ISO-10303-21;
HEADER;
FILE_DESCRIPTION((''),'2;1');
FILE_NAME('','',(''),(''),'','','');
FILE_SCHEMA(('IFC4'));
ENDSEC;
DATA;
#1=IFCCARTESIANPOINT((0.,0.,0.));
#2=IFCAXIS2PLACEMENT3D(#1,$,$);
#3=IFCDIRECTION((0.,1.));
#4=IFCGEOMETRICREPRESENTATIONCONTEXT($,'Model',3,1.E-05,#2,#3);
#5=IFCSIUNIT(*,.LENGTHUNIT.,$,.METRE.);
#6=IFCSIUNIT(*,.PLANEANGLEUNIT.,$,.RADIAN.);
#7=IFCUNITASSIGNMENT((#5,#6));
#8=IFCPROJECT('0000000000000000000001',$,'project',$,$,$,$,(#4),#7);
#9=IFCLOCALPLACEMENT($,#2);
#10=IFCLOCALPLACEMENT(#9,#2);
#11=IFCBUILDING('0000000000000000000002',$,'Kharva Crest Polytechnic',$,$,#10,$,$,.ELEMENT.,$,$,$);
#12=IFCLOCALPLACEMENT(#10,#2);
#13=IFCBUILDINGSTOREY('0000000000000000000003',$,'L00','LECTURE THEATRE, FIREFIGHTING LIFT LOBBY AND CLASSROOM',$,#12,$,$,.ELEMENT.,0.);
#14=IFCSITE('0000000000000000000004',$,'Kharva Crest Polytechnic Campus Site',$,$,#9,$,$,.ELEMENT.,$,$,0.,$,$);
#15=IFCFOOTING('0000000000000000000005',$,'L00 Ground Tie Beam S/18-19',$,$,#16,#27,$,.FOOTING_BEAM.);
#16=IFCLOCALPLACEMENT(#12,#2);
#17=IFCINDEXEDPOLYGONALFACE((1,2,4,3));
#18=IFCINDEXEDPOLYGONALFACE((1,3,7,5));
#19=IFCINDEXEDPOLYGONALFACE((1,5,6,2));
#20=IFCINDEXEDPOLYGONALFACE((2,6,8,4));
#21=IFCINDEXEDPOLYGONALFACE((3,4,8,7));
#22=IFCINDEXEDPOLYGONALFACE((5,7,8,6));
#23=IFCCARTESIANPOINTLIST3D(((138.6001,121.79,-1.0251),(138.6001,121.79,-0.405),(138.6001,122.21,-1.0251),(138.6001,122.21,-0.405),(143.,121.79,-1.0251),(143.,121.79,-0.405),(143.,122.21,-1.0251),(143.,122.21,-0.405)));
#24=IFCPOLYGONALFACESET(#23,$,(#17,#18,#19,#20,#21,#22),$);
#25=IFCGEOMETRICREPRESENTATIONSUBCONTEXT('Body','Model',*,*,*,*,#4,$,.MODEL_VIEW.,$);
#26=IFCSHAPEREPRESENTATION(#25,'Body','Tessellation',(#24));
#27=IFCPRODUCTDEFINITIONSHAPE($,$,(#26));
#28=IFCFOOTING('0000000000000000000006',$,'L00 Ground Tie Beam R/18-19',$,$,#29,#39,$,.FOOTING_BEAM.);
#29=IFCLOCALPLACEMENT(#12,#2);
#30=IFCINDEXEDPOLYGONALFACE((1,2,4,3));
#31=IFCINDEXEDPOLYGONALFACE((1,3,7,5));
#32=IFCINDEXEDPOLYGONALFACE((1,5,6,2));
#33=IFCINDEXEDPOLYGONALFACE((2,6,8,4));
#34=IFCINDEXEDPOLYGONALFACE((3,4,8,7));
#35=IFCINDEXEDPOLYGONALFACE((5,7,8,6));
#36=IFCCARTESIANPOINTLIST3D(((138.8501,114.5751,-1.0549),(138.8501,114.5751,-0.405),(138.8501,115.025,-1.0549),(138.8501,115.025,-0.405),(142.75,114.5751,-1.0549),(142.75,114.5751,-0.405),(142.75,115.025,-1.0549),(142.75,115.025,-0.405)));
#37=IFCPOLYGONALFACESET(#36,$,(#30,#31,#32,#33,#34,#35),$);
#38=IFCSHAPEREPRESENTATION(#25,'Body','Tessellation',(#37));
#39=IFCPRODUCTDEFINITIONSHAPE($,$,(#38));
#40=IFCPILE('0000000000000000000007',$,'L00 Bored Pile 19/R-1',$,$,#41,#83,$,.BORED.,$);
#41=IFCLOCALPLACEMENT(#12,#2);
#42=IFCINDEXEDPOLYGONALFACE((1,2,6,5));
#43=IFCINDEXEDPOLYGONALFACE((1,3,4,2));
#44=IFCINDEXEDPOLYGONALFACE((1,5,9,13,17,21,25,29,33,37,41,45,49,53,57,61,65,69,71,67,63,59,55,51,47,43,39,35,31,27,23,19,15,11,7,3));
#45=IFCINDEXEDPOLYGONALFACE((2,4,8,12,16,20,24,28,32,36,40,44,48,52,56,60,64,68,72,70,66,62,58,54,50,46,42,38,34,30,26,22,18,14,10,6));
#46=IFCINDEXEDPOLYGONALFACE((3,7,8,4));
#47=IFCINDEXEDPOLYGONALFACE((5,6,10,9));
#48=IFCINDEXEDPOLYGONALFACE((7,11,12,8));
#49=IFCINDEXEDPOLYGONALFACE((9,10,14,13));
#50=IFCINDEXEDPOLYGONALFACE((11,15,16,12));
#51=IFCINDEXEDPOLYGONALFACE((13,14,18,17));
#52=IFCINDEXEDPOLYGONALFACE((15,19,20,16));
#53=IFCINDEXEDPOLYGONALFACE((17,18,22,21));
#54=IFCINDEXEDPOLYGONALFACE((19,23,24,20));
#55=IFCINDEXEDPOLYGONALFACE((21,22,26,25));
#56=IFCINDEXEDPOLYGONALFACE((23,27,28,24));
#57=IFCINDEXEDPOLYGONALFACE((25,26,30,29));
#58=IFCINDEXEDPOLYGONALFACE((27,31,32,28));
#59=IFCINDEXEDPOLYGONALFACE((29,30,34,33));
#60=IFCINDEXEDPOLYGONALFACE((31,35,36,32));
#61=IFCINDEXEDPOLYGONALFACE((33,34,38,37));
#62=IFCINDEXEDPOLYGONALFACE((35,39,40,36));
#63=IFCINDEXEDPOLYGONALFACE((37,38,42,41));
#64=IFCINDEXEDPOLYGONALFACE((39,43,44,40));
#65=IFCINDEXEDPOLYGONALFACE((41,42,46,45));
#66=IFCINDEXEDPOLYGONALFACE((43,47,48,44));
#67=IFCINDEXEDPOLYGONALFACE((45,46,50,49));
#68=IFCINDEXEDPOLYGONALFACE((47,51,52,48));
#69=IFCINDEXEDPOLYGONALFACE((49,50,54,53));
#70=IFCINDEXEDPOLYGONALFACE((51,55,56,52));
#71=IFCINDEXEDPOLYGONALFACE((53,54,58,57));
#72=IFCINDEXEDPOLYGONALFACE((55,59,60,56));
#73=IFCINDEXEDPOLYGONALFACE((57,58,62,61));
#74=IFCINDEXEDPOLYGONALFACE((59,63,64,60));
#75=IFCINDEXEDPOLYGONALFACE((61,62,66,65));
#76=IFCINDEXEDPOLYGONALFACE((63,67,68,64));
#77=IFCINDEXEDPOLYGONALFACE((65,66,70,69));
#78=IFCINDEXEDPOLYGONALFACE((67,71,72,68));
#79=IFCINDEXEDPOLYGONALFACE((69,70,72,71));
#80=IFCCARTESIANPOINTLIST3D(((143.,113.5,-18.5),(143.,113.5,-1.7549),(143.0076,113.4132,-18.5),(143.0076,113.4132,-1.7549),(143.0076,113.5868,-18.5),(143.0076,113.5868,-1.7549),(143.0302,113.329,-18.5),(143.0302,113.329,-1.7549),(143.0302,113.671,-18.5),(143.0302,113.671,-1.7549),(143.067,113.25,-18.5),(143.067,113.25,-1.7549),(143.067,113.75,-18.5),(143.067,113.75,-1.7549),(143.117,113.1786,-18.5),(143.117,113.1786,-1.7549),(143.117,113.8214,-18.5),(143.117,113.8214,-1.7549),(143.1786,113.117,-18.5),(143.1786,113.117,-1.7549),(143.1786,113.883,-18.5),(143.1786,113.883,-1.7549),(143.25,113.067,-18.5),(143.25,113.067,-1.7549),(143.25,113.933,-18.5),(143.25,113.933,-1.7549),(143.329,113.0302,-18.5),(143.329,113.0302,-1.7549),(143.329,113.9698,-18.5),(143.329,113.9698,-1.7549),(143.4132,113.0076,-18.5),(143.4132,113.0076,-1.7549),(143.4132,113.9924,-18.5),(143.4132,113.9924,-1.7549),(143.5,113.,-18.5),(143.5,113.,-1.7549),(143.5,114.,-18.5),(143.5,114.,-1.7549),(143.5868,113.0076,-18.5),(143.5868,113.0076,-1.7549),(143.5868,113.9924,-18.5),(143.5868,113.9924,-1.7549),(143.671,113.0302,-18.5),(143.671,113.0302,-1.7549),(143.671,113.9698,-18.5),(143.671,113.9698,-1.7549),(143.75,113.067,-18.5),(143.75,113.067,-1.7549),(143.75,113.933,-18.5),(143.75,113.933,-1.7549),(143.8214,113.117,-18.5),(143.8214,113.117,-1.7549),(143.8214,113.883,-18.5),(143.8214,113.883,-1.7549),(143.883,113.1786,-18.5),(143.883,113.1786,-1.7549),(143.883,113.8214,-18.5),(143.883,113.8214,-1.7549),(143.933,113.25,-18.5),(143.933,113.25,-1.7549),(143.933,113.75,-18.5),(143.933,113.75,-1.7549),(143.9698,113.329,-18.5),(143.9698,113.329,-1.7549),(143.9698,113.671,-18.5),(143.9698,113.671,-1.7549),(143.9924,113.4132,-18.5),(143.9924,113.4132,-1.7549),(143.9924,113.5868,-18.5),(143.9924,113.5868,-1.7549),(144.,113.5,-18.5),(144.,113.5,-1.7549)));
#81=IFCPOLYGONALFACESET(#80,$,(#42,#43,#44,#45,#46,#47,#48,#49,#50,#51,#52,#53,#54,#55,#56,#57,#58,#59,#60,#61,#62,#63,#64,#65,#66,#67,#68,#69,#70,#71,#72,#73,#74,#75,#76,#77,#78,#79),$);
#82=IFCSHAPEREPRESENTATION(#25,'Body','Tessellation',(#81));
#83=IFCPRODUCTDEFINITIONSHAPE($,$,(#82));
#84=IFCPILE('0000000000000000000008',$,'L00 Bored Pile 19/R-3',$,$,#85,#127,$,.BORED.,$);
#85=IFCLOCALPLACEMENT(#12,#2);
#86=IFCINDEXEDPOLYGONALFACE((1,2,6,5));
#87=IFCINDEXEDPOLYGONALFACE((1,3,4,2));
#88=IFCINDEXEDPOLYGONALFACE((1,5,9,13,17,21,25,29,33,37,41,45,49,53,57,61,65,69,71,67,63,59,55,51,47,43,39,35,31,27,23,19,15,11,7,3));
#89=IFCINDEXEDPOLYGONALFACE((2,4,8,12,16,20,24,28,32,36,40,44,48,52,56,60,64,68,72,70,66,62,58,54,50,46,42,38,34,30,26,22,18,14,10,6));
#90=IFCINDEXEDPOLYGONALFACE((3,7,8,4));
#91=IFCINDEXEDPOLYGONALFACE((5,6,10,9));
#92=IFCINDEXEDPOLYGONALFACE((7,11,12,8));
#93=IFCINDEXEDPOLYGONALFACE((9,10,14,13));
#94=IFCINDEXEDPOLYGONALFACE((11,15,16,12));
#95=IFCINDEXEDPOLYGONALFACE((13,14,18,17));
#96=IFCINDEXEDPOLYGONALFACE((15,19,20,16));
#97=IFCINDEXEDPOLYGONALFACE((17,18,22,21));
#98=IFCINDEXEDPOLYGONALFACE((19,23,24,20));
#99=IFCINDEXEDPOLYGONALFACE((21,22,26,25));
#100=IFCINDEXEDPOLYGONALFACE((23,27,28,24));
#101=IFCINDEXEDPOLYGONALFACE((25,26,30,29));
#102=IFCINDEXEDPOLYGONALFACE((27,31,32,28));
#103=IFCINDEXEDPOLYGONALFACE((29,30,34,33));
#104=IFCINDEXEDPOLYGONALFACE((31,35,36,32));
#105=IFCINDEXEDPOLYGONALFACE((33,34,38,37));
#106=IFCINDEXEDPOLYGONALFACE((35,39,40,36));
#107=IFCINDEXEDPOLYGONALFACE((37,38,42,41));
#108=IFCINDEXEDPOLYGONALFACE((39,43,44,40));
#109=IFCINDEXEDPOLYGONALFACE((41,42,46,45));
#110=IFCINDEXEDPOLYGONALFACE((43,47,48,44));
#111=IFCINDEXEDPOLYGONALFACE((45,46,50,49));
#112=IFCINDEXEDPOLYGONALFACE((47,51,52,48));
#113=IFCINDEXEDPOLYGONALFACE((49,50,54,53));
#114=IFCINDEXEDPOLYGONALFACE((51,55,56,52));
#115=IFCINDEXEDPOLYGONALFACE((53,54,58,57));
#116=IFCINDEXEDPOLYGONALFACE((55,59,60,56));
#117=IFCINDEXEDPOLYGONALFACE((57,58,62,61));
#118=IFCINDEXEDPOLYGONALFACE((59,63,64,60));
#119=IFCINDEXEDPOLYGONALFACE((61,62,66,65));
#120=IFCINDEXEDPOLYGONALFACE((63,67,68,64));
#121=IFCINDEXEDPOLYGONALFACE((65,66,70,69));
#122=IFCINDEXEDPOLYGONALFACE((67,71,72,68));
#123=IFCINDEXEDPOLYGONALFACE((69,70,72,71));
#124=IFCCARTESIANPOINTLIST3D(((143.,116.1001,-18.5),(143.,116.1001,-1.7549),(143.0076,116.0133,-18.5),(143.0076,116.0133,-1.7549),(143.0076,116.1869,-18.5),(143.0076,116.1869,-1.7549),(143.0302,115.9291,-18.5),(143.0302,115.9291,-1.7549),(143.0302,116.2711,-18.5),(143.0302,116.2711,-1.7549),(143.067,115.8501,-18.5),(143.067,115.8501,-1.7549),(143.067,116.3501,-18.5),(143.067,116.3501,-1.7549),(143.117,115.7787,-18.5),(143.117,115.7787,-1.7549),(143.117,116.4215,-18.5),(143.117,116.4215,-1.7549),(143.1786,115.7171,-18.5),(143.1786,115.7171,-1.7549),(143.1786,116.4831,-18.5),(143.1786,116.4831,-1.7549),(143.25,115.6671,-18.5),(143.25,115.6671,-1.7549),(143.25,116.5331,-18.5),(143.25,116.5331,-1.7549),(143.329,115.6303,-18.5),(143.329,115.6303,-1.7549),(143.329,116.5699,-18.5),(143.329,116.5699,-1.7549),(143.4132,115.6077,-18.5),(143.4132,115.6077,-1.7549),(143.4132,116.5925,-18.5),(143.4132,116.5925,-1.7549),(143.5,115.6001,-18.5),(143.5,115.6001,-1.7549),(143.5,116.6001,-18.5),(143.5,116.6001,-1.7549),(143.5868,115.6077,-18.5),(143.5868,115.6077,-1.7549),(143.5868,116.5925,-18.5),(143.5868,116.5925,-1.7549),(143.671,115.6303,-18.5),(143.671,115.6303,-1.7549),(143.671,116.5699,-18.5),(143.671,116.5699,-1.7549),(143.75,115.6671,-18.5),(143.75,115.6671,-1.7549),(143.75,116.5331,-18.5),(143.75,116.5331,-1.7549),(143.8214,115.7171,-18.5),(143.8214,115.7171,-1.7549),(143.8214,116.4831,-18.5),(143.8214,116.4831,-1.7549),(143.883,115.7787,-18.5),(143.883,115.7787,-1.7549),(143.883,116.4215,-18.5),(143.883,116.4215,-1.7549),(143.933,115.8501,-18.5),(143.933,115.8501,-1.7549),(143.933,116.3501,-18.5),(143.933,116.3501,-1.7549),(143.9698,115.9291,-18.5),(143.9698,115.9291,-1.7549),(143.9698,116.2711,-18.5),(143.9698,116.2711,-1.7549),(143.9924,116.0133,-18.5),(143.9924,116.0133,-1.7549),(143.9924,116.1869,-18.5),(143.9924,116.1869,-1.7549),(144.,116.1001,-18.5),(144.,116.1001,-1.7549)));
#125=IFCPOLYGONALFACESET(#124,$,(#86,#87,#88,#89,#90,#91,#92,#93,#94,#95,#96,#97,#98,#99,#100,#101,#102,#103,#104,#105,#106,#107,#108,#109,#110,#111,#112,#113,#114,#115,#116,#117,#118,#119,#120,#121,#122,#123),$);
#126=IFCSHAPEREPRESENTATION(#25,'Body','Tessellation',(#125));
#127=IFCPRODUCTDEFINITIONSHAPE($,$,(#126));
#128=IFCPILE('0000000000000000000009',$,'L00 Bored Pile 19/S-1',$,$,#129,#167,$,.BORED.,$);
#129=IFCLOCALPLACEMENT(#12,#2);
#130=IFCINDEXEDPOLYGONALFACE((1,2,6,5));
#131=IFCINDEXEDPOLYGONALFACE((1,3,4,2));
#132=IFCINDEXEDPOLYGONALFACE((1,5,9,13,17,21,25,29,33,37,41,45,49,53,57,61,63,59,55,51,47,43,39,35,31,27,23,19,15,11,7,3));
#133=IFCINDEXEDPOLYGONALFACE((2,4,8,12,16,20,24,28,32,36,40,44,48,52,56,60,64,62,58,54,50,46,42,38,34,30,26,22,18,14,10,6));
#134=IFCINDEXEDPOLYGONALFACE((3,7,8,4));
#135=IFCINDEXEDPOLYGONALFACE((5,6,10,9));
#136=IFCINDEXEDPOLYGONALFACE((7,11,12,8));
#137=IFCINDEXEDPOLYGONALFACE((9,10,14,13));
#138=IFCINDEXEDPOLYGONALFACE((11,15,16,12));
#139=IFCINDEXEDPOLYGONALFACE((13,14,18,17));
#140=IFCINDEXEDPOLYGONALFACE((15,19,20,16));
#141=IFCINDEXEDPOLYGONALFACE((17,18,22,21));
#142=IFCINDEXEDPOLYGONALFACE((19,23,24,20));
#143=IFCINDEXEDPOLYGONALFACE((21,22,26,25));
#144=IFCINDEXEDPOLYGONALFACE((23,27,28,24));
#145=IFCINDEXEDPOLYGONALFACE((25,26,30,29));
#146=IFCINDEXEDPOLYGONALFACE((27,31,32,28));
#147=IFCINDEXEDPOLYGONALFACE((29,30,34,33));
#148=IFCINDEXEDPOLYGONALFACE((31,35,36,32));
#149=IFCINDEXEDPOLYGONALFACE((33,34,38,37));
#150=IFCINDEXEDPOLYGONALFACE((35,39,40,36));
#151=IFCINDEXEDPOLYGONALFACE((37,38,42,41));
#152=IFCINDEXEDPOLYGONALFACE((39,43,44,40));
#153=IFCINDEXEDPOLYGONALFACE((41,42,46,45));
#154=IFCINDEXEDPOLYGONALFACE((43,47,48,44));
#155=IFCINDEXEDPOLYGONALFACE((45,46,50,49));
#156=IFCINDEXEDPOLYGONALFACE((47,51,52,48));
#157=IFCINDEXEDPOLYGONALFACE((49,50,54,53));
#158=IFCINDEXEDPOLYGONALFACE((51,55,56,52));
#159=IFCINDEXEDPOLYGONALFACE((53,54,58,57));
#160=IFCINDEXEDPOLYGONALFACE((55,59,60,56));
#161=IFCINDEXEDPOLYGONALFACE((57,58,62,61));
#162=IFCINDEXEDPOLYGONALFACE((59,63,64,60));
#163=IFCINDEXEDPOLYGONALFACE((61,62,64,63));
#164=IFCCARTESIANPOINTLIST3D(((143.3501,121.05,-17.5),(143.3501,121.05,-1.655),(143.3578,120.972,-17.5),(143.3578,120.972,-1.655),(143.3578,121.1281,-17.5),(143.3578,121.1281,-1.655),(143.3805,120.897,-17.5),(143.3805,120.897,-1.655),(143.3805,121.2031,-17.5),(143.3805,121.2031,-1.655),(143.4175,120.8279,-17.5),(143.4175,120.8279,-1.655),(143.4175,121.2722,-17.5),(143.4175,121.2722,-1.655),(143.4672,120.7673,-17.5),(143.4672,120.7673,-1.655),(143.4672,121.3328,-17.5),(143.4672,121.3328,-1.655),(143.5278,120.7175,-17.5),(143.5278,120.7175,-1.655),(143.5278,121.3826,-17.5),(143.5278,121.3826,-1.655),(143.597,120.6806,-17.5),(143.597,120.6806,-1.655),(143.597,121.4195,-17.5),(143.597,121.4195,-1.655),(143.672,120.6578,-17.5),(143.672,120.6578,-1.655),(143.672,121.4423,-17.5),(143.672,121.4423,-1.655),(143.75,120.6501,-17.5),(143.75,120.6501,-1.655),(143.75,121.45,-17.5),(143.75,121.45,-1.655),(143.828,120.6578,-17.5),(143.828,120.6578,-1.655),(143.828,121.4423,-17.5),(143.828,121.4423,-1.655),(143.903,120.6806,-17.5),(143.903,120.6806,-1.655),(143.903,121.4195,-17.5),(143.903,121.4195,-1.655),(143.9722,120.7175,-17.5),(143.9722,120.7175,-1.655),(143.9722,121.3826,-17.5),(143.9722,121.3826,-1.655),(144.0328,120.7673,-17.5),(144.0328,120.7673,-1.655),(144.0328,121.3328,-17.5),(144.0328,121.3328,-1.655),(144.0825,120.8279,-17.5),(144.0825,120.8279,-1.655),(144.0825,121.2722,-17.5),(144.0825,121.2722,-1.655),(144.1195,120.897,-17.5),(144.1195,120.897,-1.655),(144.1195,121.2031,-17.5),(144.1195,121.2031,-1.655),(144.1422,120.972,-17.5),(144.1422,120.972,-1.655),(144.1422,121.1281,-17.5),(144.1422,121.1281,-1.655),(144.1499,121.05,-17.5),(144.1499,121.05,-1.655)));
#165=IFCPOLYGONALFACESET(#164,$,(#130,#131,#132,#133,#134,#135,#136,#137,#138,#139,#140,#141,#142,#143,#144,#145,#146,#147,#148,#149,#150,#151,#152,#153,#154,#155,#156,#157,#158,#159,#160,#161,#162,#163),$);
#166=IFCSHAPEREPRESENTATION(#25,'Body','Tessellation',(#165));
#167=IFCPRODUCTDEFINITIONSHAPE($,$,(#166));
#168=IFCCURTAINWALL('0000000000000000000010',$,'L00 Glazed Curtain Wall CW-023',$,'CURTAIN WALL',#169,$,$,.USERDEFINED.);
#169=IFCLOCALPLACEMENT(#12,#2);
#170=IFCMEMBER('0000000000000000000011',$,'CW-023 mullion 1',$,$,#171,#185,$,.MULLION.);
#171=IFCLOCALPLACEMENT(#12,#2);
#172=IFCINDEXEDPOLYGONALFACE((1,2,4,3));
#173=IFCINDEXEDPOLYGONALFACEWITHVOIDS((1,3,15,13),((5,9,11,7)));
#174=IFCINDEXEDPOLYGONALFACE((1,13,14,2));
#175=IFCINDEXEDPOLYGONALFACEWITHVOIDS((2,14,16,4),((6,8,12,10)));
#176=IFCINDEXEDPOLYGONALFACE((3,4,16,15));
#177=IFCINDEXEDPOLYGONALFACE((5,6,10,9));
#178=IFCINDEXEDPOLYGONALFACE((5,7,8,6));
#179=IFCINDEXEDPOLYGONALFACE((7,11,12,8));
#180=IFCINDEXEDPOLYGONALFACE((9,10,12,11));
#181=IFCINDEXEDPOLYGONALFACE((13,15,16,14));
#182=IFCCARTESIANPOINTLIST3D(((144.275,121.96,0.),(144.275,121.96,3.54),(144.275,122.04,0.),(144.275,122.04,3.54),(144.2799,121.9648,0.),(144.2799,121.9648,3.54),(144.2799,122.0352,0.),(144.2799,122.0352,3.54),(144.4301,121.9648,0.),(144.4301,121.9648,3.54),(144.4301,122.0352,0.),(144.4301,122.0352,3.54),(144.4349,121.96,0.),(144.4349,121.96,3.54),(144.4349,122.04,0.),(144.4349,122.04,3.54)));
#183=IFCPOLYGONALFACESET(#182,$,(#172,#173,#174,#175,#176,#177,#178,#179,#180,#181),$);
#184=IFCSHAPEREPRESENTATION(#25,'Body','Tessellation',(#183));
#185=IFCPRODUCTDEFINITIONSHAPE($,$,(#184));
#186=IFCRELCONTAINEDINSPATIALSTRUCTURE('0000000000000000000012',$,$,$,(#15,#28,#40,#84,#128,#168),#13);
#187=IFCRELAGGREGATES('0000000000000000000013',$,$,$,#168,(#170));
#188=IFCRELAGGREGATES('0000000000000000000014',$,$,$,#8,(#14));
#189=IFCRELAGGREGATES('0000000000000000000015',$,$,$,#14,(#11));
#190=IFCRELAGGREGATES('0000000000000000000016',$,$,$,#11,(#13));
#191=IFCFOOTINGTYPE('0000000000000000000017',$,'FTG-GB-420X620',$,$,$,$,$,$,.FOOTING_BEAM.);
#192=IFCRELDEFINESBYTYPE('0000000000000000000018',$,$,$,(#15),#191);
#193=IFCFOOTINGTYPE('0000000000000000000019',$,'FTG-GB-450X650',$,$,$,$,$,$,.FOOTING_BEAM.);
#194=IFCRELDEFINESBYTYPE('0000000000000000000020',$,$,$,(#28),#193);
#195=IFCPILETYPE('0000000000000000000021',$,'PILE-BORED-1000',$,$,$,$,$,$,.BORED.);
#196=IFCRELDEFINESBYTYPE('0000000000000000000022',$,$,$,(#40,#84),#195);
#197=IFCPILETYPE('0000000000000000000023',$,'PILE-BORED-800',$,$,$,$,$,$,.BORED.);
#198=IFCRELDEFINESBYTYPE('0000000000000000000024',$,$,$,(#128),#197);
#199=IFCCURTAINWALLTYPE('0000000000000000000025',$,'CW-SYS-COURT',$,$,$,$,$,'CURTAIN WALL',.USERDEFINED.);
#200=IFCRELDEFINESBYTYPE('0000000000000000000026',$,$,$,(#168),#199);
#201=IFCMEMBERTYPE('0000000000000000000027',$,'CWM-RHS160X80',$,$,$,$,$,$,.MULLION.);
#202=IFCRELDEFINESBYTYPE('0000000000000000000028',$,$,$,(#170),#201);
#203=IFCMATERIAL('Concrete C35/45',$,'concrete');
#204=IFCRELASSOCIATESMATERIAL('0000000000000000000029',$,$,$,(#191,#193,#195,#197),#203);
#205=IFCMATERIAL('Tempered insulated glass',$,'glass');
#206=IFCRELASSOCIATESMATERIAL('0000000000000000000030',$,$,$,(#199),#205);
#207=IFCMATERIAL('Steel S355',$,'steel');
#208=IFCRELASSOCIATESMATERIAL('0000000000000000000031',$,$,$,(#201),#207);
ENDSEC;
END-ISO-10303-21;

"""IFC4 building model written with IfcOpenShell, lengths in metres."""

from ifc_helpers import new_model, si_unit, direction, frame, origin, origin_2d, place, context, subcontext, project, spatial, rectangle, hollow_rectangle, circle, extrude, material, material_profile, profile_set, type_object, element, aggregate, save


model = new_model("IFC4")

# Units and contexts
model_context = context("Model", 3, precision=1e-05, world=origin(), true_north=direction((0.0, 1.0)))
body_context = subcontext(model_context, "Body", "Model", "MODEL_VIEW")
ifc_project = project(units=[si_unit("LENGTHUNIT", "METRE"), si_unit("PLANEANGLEUNIT", "RADIAN")], contexts=[model_context])

# Site, building, storey
site_placement = place(None, origin())
site = spatial("IfcSite", under=ifc_project, at=site_placement, Name="Kharva Crest Polytechnic Campus Site", CompositionType="ELEMENT", RefElevation=0.0)
building_placement = place(site_placement, origin())
building = spatial("IfcBuilding", under=site, at=building_placement, Name="Kharva Crest Polytechnic", CompositionType="ELEMENT")
storey_placement = place(building_placement, origin())
storey = spatial("IfcBuildingStorey", under=building, at=storey_placement, Name="L00", Description="LECTURE THEATRE, FIREFIGHTING LIFT LOBBY AND CLASSROOM", CompositionType="ELEMENT", Elevation=0.0)

# Footings
ifc_material_1 = material(Name="Concrete C35/45", Category="concrete")
footing_type_1 = type_object("IfcFootingType", Name="FTG-GB-420X620", PredefinedType="FOOTING_BEAM", material=ifc_material_1)
footing_1_placement = place(storey_placement, frame((140.8, 122.0, -1.0251), z_axis=(0.0, 0.0, 1.0), x_axis=(1.0, 0.0, 0.0)))
element("IfcFooting", 1, at=footing_1_placement, inside=storey, type_object=footing_type_1, Name="L00 Ground Tie Beam S/18-19", PredefinedType="FOOTING_BEAM", context=body_context, shape_type="SweptSolid", body=[
    extrude(rectangle(XDim=4.3999, YDim=0.4199, at=origin_2d()), origin(), (0.0, 0.0, 1.0), 0.6201),
])
footing_type_2 = type_object("IfcFootingType", Name="FTG-GB-450X650", PredefinedType="FOOTING_BEAM", material=ifc_material_1)
footing_2_placement = place(storey_placement, frame((140.8, 114.8, -1.0549), z_axis=(0.0, 0.0, 1.0), x_axis=(1.0, 0.0, 0.0)))
element("IfcFooting", 2, at=footing_2_placement, inside=storey, type_object=footing_type_2, Name="L00 Ground Tie Beam R/18-19", PredefinedType="FOOTING_BEAM", context=body_context, shape_type="SweptSolid", body=[
    extrude(rectangle(XDim=3.8999, YDim=0.45, at=origin_2d()), origin(), (0.0, 0.0, 1.0), 0.6499),
])

# Piles
ifc_material_profile_1 = material_profile(ifc_material_1, circle(Radius=0.5, at=origin_2d()), Name="DIA 1000")
ifc_profile_set_1 = profile_set([ifc_material_profile_1], Name="Concrete C35/45")
pile_type_1 = type_object("IfcPileType", Name="PILE-BORED-1000", PredefinedType="BORED", material=ifc_profile_set_1)
for number, where, z_axis, x_axis, name in (
    (3, (143.5, 113.5, -1.7549), (0.0, 0.0, -1.0), (1.0, 0.0, 0.0), "L00 Bored Pile 19/R-1"),
    (4, (143.5, 116.1001, -1.7549), (0.0, 0.0, -1.0), (1.0, 0.0, 0.0), "L00 Bored Pile 19/R-3"),
):
    element("IfcPile", number, at=place(storey_placement, frame(where, z_axis=z_axis, x_axis=x_axis)), inside=storey, type_object=pile_type_1, Name=name, PredefinedType="BORED", context=body_context, shape_type="SweptSolid", body=[
        extrude(circle(Radius=0.5, at=origin_2d()), origin(), (0.0, 0.0, 1.0), 16.7451),
    ])
ifc_material_profile_2 = material_profile(ifc_material_1, circle(Radius=0.3999, at=origin_2d()), Name="DIA 800")
ifc_profile_set_2 = profile_set([ifc_material_profile_2], Name="Concrete C35/45")
pile_type_2 = type_object("IfcPileType", Name="PILE-BORED-800", PredefinedType="BORED", material=ifc_profile_set_2)
pile_placement = place(storey_placement, frame((143.75, 121.05, -1.655), z_axis=(0.0, 0.0, -1.0), x_axis=(1.0, 0.0, 0.0)))
element("IfcPile", 5, at=pile_placement, inside=storey, type_object=pile_type_2, Name="L00 Bored Pile 19/S-1", PredefinedType="BORED", context=body_context, shape_type="SweptSolid", body=[
    extrude(circle(Radius=0.3999, at=origin_2d()), origin(), (0.0, 0.0, 1.0), 15.845),
])

# Curtain wall, member
ifc_material_2 = material(Name="Tempered insulated glass", Category="glass")
curtain_wall_type = type_object("IfcCurtainWallType", Name="CW-SYS-COURT", ElementType="CURTAIN WALL", PredefinedType="USERDEFINED", material=ifc_material_2)
curtain_wall_placement = place(storey_placement, origin())
curtain_wall = element("IfcCurtainWall", 6, at=curtain_wall_placement, inside=storey, type_object=curtain_wall_type, Name="L00 Glazed Curtain Wall CW-023", ObjectType="CURTAIN WALL", PredefinedType="USERDEFINED")
ifc_material_3 = material(Name="Steel S355", Category="steel")
ifc_material_profile_3 = material_profile(ifc_material_3, hollow_rectangle(XDim=0.0801, YDim=0.1599, WallThickness=0.0049, at=origin_2d()), Name="RHS 160X80X5.0")
ifc_profile_set_3 = profile_set([ifc_material_profile_3], Name="Steel S355")
member_type_1 = type_object("IfcMemberType", Name="CWM-RHS160X80", PredefinedType="MULLION", material=ifc_profile_set_3)
member_1_placement = place(storey_placement, frame((144.355, 122.0, 0.0), z_axis=(0.0, 0.0, 1.0), x_axis=(0.0, -1.0, 0.0)))
member_1 = element("IfcMember", 7, at=member_1_placement, type_object=member_type_1, Name="CW-023 mullion 1", PredefinedType="MULLION", context=body_context, shape_type="SweptSolid", body=[
    extrude(hollow_rectangle(XDim=0.0801, YDim=0.1599, WallThickness=0.0049, at=origin_2d()), origin(), (0.0, 0.0, 1.0), 3.54),
])
aggregate(curtain_wall, [member_1])

save(model, "model.ifc")
